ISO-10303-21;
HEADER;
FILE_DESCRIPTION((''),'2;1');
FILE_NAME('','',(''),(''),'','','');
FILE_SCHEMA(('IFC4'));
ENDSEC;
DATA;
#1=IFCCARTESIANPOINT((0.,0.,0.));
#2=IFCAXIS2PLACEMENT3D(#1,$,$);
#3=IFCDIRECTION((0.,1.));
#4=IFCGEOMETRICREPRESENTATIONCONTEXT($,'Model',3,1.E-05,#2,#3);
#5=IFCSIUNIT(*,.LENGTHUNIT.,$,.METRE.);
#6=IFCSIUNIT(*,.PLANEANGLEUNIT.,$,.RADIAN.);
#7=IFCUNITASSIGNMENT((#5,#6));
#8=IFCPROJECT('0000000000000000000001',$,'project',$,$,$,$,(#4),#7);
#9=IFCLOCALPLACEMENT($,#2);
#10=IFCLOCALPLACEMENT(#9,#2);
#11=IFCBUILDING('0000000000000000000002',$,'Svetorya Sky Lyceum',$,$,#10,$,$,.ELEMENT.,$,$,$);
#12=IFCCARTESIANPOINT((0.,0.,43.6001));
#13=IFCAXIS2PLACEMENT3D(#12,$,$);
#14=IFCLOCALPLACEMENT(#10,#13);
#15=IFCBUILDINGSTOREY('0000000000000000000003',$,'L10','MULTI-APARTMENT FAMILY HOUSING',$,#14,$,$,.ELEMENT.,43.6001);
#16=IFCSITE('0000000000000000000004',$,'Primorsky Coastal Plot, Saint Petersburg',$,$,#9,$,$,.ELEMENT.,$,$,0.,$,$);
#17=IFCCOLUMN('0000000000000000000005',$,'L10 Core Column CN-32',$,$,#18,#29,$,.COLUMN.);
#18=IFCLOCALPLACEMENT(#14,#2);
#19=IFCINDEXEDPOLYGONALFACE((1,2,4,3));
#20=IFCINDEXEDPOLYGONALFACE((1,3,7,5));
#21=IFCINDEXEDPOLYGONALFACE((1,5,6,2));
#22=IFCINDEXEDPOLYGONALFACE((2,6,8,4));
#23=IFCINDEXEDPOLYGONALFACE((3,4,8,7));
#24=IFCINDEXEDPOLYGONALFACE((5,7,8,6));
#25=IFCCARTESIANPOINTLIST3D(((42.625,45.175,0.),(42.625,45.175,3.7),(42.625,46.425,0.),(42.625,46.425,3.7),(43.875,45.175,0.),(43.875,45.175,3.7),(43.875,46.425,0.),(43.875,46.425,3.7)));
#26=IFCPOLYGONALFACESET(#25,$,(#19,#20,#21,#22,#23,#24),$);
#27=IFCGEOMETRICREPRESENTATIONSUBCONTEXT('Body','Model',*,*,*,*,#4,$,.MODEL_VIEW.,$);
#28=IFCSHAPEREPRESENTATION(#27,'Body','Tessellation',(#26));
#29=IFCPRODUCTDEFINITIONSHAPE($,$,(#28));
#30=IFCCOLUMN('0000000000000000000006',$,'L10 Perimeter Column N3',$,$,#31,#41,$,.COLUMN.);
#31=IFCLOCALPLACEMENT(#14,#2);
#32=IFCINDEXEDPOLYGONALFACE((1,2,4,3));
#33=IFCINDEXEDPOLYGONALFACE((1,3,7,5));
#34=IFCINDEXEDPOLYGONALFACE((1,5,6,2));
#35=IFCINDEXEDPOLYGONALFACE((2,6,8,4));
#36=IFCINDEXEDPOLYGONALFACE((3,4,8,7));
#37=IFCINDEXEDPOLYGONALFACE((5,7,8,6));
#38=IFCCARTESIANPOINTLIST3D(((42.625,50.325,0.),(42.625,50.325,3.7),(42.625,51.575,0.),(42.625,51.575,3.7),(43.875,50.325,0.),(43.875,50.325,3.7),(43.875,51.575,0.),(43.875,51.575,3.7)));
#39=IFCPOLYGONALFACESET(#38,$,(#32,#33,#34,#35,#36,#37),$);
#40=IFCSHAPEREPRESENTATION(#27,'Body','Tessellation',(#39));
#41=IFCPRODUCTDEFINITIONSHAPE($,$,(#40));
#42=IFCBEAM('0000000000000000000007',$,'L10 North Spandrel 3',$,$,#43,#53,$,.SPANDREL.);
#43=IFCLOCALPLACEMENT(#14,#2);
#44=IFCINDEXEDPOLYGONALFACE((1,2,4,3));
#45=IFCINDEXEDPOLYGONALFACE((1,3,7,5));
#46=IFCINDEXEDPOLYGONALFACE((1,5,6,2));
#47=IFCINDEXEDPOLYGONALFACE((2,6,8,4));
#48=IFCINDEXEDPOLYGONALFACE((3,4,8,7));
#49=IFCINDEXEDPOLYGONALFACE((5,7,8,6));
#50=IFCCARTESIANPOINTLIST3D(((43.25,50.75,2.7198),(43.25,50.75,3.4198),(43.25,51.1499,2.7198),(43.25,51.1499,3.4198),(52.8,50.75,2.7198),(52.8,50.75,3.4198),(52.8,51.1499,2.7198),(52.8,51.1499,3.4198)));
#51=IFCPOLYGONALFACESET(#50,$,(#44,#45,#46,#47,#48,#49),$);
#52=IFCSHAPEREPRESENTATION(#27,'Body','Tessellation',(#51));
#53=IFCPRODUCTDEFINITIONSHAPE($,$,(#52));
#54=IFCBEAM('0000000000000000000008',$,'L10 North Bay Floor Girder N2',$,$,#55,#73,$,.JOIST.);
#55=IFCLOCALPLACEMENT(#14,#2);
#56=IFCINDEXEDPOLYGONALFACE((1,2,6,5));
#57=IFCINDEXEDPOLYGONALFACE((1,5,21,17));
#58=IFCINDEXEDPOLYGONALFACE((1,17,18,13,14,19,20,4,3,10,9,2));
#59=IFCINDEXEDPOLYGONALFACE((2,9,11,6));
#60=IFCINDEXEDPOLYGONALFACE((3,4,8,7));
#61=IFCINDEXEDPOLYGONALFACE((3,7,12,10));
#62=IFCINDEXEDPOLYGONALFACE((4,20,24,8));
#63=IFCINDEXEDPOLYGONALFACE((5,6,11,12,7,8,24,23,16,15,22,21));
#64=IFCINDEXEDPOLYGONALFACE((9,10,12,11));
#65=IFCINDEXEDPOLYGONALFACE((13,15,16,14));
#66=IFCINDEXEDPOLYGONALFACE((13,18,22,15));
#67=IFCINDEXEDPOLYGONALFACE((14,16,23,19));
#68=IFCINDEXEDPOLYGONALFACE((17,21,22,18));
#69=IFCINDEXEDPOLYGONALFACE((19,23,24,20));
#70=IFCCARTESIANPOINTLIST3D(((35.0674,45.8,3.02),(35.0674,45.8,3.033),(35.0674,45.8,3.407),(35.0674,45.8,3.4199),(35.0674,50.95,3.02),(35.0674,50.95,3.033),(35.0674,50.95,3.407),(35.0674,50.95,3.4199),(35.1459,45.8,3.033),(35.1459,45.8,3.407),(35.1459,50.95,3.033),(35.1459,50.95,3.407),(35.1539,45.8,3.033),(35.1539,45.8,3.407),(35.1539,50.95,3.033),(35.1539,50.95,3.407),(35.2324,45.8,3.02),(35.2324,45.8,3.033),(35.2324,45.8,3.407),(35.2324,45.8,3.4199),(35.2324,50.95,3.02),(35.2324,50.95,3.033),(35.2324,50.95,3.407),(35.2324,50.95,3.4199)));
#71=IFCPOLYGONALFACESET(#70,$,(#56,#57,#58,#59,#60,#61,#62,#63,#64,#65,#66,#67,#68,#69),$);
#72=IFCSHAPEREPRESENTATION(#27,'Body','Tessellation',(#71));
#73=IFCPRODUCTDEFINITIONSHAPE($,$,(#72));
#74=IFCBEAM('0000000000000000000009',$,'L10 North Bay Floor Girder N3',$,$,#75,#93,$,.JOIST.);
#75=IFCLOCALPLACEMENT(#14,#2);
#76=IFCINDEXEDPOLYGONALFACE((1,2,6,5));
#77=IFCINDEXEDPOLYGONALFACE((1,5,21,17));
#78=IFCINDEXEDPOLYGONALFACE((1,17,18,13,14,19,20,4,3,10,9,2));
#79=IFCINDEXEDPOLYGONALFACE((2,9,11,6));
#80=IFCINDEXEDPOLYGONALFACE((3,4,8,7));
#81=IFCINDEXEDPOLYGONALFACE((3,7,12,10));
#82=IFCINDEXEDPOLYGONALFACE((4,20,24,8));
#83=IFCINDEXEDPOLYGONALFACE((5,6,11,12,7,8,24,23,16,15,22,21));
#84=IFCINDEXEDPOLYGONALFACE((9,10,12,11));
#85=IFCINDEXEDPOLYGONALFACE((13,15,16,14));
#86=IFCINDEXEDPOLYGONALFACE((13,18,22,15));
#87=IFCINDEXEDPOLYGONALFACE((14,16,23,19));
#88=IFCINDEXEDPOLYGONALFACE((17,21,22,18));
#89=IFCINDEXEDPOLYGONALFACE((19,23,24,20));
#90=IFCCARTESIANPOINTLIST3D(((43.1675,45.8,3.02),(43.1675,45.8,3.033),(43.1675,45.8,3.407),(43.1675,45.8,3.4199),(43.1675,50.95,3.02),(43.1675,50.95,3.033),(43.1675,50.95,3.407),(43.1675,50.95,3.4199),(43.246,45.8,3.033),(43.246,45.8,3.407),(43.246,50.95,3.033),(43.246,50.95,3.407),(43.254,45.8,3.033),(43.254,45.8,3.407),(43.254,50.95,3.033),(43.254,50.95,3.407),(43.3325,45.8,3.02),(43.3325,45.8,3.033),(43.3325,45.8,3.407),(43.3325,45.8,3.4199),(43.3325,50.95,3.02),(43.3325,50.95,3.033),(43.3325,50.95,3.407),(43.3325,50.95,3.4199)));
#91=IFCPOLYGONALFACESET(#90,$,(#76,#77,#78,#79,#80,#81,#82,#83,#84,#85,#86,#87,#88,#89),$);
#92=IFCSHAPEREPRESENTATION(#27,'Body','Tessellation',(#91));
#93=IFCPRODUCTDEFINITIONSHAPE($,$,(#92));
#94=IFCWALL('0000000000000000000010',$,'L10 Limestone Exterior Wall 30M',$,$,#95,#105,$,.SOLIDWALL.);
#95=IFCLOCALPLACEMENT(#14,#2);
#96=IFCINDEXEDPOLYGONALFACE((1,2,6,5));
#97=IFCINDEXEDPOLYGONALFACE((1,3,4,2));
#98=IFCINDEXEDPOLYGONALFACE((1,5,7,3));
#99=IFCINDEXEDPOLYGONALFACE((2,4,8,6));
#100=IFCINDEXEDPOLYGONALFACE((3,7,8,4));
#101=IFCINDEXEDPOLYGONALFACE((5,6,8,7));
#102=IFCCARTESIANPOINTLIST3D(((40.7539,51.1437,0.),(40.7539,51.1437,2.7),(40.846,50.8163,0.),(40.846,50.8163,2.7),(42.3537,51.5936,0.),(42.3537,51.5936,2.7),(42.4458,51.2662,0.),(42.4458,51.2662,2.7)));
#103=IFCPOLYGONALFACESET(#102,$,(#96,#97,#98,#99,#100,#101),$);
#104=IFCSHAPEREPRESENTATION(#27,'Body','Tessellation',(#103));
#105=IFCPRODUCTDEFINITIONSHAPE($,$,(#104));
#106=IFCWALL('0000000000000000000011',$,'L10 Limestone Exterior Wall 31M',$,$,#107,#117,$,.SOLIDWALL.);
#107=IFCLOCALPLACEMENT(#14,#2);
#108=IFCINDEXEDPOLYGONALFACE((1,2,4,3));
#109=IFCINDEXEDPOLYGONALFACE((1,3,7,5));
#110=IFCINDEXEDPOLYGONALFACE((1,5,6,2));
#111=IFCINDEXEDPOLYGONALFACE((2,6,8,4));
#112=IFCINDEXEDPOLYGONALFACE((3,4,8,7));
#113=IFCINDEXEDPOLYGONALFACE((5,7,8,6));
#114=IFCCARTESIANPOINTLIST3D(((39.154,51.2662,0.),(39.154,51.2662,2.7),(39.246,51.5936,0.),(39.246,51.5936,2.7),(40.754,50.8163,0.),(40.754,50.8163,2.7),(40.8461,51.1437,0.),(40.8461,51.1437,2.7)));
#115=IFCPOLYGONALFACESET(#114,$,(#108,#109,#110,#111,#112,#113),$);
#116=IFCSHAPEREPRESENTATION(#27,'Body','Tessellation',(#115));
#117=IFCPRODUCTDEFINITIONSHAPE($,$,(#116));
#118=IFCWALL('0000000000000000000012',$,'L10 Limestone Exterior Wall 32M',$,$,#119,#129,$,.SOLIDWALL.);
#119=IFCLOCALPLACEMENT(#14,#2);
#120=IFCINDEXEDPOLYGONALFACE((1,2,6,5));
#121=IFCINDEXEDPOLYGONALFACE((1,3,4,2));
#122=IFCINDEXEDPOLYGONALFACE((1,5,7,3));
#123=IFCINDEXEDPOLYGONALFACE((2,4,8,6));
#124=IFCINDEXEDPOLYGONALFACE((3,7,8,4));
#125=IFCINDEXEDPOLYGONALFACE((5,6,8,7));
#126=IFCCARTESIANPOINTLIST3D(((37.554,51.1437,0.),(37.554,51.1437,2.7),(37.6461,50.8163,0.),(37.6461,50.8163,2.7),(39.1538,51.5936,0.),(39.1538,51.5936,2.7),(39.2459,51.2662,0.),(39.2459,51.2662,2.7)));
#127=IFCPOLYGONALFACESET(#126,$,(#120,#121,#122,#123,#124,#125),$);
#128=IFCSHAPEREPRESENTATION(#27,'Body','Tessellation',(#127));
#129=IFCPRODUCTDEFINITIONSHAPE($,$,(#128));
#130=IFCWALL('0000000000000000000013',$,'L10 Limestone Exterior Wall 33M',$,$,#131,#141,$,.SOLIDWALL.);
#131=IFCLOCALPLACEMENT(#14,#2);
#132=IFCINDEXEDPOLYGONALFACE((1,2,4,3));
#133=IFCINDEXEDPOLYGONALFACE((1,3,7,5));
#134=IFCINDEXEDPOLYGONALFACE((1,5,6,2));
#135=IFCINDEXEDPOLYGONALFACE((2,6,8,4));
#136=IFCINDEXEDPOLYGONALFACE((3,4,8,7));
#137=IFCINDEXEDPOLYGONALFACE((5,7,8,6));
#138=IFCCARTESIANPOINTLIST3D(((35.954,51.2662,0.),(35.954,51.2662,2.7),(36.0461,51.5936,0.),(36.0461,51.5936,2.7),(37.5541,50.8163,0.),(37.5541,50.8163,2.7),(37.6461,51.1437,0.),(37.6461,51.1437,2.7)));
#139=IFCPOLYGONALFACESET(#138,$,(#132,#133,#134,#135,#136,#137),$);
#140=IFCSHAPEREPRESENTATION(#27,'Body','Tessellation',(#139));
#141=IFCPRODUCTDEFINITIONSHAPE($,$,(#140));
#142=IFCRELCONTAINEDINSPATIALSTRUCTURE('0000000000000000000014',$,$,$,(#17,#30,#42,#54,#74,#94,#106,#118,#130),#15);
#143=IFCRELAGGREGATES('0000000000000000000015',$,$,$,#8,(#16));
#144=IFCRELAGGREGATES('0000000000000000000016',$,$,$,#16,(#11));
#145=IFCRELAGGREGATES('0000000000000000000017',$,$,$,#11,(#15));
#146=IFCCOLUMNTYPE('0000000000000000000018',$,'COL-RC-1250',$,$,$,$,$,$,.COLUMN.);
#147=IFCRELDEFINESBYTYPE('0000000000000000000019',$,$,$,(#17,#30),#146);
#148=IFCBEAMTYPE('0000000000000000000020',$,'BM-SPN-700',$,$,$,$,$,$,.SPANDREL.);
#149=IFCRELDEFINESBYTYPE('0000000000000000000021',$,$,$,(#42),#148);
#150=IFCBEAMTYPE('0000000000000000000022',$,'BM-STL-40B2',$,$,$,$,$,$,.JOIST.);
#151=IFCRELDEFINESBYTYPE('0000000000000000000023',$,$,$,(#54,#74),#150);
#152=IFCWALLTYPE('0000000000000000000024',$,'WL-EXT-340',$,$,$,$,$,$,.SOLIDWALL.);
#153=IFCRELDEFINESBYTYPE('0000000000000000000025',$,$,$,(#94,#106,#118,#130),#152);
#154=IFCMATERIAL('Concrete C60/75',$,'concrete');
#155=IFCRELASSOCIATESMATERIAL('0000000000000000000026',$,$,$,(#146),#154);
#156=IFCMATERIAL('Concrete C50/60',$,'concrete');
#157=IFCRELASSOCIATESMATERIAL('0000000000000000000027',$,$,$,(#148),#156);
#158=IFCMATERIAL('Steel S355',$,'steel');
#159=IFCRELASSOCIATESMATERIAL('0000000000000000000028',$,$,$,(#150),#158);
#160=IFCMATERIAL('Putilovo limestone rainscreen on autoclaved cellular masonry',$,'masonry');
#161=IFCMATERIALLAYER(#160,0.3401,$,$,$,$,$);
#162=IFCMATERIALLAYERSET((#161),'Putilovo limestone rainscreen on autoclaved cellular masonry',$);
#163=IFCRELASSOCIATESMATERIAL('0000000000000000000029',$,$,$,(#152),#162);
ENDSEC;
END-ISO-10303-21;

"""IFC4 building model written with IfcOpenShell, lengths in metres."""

from ifc_helpers import new_model, si_unit, direction, frame, frame_2d, origin, origin_2d, place, context, subcontext, project, spatial, rectangle, i_section, extrude, material, layer, layer_set, material_profile, profile_set, type_object, element, save


model = new_model("IFC4")

# Units and contexts
model_context = context("Model", 3, precision=1e-05, world=origin(), true_north=direction((0.0, 1.0)))
body_context = subcontext(model_context, "Body", "Model", "MODEL_VIEW")
ifc_project = project(units=[si_unit("LENGTHUNIT", "METRE"), si_unit("PLANEANGLEUNIT", "RADIAN")], contexts=[model_context])

# Site, building, storey
site_placement = place(None, origin())
site = spatial("IfcSite", under=ifc_project, at=site_placement, Name="Primorsky Coastal Plot, Saint Petersburg", CompositionType="ELEMENT", RefElevation=0.0)
building_placement = place(site_placement, origin())
building = spatial("IfcBuilding", under=site, at=building_placement, Name="Svetorya Sky Lyceum", CompositionType="ELEMENT")
storey_placement = place(building_placement, frame((0.0, 0.0, 43.6001)))
storey = spatial("IfcBuildingStorey", under=building, at=storey_placement, Name="L10", Description="MULTI-APARTMENT FAMILY HOUSING", CompositionType="ELEMENT", Elevation=43.6001)

# Columns
ifc_material_1 = material(Name="Concrete C60/75", Category="concrete")
ifc_material_profile_1 = material_profile(ifc_material_1, rectangle(XDim=1.25, YDim=1.25, at=origin_2d()), Name="RC COL 1250x1250")
ifc_profile_set_1 = profile_set([ifc_material_profile_1], Name="Concrete C60/75")
column_type = type_object("IfcColumnType", Name="COL-RC-1250", PredefinedType="COLUMN", material=ifc_profile_set_1)
for number, where, z_axis, x_axis, name in (
    (1, (43.25, 45.8, 0.0), (0.0, 0.0, 1.0), (1.0, 0.0, 0.0), "L10 Core Column CN-32"),
    (2, (43.25, 50.95, 0.0), (0.0, 0.0, 1.0), (1.0, 0.0, 0.0), "L10 Perimeter Column N3"),
):
    element("IfcColumn", number, at=place(storey_placement, frame(where, z_axis=z_axis, x_axis=x_axis)), inside=storey, type_object=column_type, Name=name, PredefinedType="COLUMN", context=body_context, shape_type="SweptSolid", body=[
        extrude(rectangle(XDim=1.25, YDim=1.25, at=origin_2d()), origin(), (0.0, 0.0, 1.0), 3.7),
    ])

# Beams
ifc_material_2 = material(Name="Concrete C50/60", Category="concrete")
ifc_material_profile_2 = material_profile(ifc_material_2, rectangle(XDim=0.3999, YDim=0.7, at=origin_2d()), Name="RC SPANDREL 400x700")
ifc_profile_set_2 = profile_set([ifc_material_profile_2], Name="Concrete C50/60")
beam_type_1 = type_object("IfcBeamType", Name="BM-SPN-700", PredefinedType="SPANDREL", material=ifc_profile_set_2)
beam_placement = place(storey_placement, frame((43.25, 50.95, 3.0698), z_axis=(1.0, 0.0, 0.0), x_axis=(0.0, 1.0, 0.0)))
element("IfcBeam", 3, at=beam_placement, inside=storey, type_object=beam_type_1, Name="L10 North Spandrel 3", PredefinedType="SPANDREL", context=body_context, shape_type="SweptSolid", body=[
    extrude(rectangle(XDim=0.3999, YDim=0.7, at=origin_2d()), origin(), (0.0, 0.0, 1.0), 9.55),
])
ifc_material_3 = material(Name="Steel S355", Category="steel")
ifc_material_profile_3 = material_profile(ifc_material_3, i_section(OverallWidth=0.165, OverallDepth=0.3999, WebThickness=0.0081, FlangeThickness=0.0129, at=origin_2d()), Name="GOST 40B2")
ifc_profile_set_3 = profile_set([ifc_material_profile_3], Name="Steel S355")
beam_type_2 = type_object("IfcBeamType", Name="BM-STL-40B2", PredefinedType="JOIST", material=ifc_profile_set_3)
for number, where, z_axis, x_axis, name in (
    (4, (35.1499, 45.8, 3.22), (0.0, 1.0, 0.0), (-1.0, 0.0, 0.0), "L10 North Bay Floor Girder N2"),
    (5, (43.25, 45.8, 3.22), (0.0, 1.0, 0.0), (-1.0, 0.0, 0.0), "L10 North Bay Floor Girder N3"),
):
    element("IfcBeam", number, at=place(storey_placement, frame(where, z_axis=z_axis, x_axis=x_axis)), inside=storey, type_object=beam_type_2, Name=name, PredefinedType="JOIST", context=body_context, shape_type="SweptSolid", body=[
        extrude(i_section(OverallWidth=0.165, OverallDepth=0.3999, WebThickness=0.0081, FlangeThickness=0.0129, at=origin_2d()), origin(), (0.0, 0.0, 1.0), 5.1499),
    ])

# Walls
ifc_material_4 = material(Name="Putilovo limestone rainscreen on autoclaved cellular masonry", Category="masonry")
ifc_layer_1 = layer(ifc_material_4, 0.3401)
ifc_layer_set_1 = layer_set([ifc_layer_1], Name="Putilovo limestone rainscreen on autoclaved cellular masonry")
wall_type_1 = type_object("IfcWallType", Name="WL-EXT-340", PredefinedType="SOLIDWALL", material=ifc_layer_set_1)
wall_1_placement = place(storey_placement, frame((42.3999, 51.4299, 0.0), z_axis=(0.0, 0.0, 1.0), x_axis=(-0.962652, -0.270741, 0.0)))
element("IfcWall", 6, at=wall_1_placement, inside=storey, type_object=wall_type_1, Name="L10 Limestone Exterior Wall 30M", PredefinedType="SOLIDWALL", context=body_context, shape_type="SweptSolid", body=[
    extrude(rectangle(XDim=1.6619, YDim=0.3401, at=frame_2d((0.8311, 0.0))), origin(), (0.0, 0.0, 1.0), 2.7),
])
wall_2_placement = place(storey_placement, frame((40.8, 50.98, 0.0), z_axis=(0.0, 0.0, 1.0), x_axis=(-0.962663, 0.270703, 0.0)))
element("IfcWall", 7, at=wall_2_placement, inside=storey, type_object=wall_type_1, Name="L10 Limestone Exterior Wall 31M", PredefinedType="SOLIDWALL", context=body_context, shape_type="SweptSolid", body=[
    extrude(rectangle(XDim=1.6621, YDim=0.3401, at=frame_2d((0.8311, 0.0))), origin(), (0.0, 0.0, 1.0), 2.7),
])
wall_3_placement = place(storey_placement, frame((39.2, 51.4299, 0.0), z_axis=(0.0, 0.0, 1.0), x_axis=(-0.962652, -0.270741, 0.0)))
element("IfcWall", 8, at=wall_3_placement, inside=storey, type_object=wall_type_1, Name="L10 Limestone Exterior Wall 32M", PredefinedType="SOLIDWALL", context=body_context, shape_type="SweptSolid", body=[
    extrude(rectangle(XDim=1.6619, YDim=0.3401, at=frame_2d((0.8311, 0.0))), origin(), (0.0, 0.0, 1.0), 2.7),
])
wall_4_placement = place(storey_placement, frame((37.6001, 50.98, 0.0), z_axis=(0.0, 0.0, 1.0), x_axis=(-0.962663, 0.270703, 0.0)))
element("IfcWall", 9, at=wall_4_placement, inside=storey, type_object=wall_type_1, Name="L10 Limestone Exterior Wall 33M", PredefinedType="SOLIDWALL", context=body_context, shape_type="SweptSolid", body=[
    extrude(rectangle(XDim=1.6621, YDim=0.3401, at=frame_2d((0.8311, 0.0))), origin(), (0.0, 0.0, 1.0), 2.7),
])

save(model, "model.ifc")
